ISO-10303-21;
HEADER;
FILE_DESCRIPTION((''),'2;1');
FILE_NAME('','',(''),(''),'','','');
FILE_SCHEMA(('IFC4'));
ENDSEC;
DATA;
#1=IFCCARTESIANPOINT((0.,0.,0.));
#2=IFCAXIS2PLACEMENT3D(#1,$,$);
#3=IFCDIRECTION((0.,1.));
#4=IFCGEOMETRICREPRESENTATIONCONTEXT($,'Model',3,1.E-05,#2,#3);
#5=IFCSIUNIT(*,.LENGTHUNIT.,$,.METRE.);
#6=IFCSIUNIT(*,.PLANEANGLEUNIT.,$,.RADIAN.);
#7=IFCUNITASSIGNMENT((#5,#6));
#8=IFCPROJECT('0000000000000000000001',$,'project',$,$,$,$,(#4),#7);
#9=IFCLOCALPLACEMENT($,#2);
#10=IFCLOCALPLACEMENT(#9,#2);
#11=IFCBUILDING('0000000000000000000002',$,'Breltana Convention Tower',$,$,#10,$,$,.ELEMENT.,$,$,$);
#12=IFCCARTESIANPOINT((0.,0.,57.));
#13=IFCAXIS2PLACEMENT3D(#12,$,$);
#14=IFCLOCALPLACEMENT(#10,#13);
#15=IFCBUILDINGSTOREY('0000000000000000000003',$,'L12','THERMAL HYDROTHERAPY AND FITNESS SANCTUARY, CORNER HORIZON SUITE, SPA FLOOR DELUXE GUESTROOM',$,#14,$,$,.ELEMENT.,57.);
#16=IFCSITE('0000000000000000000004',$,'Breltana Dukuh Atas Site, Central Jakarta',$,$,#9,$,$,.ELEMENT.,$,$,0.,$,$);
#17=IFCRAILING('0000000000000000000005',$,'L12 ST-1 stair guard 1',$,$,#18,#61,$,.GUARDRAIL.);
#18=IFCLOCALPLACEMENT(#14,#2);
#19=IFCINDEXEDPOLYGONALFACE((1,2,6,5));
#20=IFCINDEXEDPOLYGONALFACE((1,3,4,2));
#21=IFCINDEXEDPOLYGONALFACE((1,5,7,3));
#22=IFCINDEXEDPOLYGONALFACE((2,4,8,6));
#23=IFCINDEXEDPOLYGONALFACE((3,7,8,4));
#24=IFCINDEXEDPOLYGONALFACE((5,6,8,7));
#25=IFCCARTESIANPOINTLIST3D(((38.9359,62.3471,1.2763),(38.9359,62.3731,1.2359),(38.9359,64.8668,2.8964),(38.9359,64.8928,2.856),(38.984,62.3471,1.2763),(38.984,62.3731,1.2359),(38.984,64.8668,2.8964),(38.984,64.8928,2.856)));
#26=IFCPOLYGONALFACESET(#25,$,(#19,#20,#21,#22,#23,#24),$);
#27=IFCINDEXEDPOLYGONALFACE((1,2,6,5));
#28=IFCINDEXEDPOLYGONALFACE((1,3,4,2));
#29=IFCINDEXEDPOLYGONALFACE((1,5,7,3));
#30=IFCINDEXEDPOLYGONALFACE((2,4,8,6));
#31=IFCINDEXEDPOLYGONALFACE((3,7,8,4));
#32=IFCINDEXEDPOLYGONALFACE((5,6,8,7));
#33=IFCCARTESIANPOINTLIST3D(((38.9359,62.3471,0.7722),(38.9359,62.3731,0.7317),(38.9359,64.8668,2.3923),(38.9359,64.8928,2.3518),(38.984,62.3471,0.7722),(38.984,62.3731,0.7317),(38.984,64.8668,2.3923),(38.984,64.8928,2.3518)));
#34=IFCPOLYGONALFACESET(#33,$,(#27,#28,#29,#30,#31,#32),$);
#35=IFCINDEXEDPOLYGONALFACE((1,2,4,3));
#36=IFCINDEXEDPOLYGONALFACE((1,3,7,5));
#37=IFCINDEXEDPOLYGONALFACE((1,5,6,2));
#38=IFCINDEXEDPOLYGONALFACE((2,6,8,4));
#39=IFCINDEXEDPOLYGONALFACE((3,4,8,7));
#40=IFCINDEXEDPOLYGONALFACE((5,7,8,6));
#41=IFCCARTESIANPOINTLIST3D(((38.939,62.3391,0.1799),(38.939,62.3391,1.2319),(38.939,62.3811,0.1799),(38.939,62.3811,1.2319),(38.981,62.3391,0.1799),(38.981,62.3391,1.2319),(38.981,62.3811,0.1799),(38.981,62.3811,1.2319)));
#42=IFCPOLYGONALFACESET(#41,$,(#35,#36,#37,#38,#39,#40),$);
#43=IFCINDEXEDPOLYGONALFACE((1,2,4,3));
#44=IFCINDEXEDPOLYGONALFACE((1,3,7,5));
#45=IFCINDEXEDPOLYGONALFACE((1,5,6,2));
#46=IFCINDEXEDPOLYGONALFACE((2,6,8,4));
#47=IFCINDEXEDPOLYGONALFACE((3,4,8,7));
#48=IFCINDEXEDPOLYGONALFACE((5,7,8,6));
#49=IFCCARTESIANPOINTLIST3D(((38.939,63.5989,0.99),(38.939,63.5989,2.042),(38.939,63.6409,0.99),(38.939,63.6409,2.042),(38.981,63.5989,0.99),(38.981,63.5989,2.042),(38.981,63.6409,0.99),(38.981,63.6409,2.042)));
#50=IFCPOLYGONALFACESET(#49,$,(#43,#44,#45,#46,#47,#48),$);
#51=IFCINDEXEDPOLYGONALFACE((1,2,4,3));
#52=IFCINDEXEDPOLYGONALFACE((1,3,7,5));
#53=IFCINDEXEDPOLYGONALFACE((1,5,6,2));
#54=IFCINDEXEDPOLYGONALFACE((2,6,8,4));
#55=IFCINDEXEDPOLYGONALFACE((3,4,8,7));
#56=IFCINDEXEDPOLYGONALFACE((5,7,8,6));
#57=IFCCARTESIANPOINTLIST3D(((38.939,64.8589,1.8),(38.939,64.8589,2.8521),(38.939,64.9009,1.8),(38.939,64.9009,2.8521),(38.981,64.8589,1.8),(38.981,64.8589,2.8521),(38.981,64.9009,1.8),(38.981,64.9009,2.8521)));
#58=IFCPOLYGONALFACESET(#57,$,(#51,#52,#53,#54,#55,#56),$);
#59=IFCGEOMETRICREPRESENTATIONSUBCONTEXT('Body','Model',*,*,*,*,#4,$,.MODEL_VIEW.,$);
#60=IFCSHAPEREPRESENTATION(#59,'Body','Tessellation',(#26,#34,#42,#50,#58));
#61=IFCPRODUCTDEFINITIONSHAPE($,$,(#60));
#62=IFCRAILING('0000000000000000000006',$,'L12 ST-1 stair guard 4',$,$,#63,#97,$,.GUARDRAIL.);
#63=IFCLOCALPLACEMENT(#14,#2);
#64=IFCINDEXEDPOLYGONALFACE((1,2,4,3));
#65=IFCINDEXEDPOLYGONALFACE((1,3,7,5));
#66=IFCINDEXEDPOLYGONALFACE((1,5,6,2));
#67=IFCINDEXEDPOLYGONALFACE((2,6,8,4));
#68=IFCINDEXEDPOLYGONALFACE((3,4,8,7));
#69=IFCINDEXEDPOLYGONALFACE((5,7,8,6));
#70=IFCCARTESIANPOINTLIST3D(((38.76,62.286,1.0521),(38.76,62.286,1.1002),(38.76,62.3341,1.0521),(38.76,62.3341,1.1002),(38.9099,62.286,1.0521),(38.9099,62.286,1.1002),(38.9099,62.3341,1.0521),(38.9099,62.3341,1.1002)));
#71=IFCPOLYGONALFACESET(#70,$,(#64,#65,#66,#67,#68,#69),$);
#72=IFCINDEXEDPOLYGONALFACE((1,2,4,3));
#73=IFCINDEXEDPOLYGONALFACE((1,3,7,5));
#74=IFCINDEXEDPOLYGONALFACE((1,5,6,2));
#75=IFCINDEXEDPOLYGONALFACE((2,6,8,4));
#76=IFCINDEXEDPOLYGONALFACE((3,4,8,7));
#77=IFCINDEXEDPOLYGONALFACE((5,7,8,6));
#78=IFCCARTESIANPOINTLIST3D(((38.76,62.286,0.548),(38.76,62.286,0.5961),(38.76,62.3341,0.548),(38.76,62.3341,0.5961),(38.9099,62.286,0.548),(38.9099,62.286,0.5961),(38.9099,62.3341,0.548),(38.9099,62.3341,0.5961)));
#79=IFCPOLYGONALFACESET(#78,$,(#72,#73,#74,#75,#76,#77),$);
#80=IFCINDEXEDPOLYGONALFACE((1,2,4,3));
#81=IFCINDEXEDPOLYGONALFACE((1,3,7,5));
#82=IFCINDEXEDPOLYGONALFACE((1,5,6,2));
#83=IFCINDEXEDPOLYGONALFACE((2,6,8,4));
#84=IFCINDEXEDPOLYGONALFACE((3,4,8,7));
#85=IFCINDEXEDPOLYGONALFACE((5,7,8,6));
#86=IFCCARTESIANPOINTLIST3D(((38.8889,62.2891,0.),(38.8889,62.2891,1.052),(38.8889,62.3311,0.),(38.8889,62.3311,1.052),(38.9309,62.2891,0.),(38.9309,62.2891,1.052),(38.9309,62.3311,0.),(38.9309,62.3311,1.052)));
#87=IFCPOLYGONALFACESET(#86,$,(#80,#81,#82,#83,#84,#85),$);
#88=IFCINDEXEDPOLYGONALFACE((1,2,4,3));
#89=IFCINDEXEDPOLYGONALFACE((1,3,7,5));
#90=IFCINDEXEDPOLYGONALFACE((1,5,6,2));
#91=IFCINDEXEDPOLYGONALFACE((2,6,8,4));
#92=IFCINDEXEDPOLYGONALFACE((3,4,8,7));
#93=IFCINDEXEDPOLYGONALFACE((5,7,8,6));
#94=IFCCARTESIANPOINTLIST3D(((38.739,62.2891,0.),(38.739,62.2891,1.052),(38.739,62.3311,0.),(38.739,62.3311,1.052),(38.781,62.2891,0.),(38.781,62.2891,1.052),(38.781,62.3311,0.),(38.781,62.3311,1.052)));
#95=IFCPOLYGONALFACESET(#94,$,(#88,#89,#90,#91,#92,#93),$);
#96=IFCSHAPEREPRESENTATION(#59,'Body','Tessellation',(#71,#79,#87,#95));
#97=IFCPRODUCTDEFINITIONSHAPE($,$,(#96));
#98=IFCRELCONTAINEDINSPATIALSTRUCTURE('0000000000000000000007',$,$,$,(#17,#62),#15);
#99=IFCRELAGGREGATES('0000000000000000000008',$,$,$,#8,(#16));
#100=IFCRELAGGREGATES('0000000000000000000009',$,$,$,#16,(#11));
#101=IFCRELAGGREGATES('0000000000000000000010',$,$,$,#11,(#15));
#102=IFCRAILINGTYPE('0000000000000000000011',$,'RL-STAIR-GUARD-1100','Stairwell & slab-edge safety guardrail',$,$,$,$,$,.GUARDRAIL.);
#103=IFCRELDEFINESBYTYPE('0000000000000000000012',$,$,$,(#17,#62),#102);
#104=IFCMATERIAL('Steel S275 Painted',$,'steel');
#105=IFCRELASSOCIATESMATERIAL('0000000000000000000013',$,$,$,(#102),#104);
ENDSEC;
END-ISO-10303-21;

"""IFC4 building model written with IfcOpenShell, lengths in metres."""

from ifc_helpers import new_model, si_unit, direction, frame, origin, origin_2d, place, context, subcontext, project, spatial, rectangle, extrude, material, type_object, element, save


model = new_model("IFC4")

# Units and contexts
model_context = context("Model", 3, precision=1e-05, world=origin(), true_north=direction((0.0, 1.0)))
body_context = subcontext(model_context, "Body", "Model", "MODEL_VIEW")
ifc_project = project(units=[si_unit("LENGTHUNIT", "METRE"), si_unit("PLANEANGLEUNIT", "RADIAN")], contexts=[model_context])

# Site, building, storey
site_placement = place(None, origin())
site = spatial("IfcSite", under=ifc_project, at=site_placement, Name="Breltana Dukuh Atas Site, Central Jakarta", CompositionType="ELEMENT", RefElevation=0.0)
building_placement = place(site_placement, origin())
building = spatial("IfcBuilding", under=site, at=building_placement, Name="Breltana Convention Tower", CompositionType="ELEMENT")
storey_placement = place(building_placement, frame((0.0, 0.0, 57.0)))
storey = spatial("IfcBuildingStorey", under=building, at=storey_placement, Name="L12", Description="THERMAL HYDROTHERAPY AND FITNESS SANCTUARY, CORNER HORIZON SUITE, SPA FLOOR DELUXE GUESTROOM", CompositionType="ELEMENT", Elevation=57.0)

# Railings
ifc_material_1 = material(Name="Steel S275 Painted", Category="steel")
railing_type = type_object("IfcRailingType", Name="RL-STAIR-GUARD-1100", Description="Stairwell & slab-edge safety guardrail", PredefinedType="GUARDRAIL", material=ifc_material_1)
railing_1_placement = place(storey_placement, frame((38.96, 62.3601, 0.1799)))
element("IfcRailing", 1, at=railing_1_placement, inside=storey, type_object=railing_type, Name="L12 ST-1 stair guard 1", PredefinedType="GUARDRAIL", context=body_context, shape_type="SweptSolid", body=[
    extrude(rectangle(XDim=0.0481, YDim=0.0481, at=origin_2d()), frame((0.0, 0.0, 1.0762), z_axis=(0.0, 0.841139, 0.540819), x_axis=(-1.0, 0.0, 0.0)), (0.0, 0.0, 1.0), 2.9956),
    extrude(rectangle(XDim=0.0481, YDim=0.0481, at=origin_2d()), frame((0.0, 0.0, 0.572), z_axis=(0.0, 0.841139, 0.540819), x_axis=(-1.0, 0.0, 0.0)), (0.0, 0.0, 1.0), 2.9956),
    extrude(rectangle(XDim=0.042, YDim=0.042, at=origin_2d()), origin(), (0.0, 0.0, 1.0), 1.052),
    extrude(rectangle(XDim=0.042, YDim=0.042, at=origin_2d()), frame((0.0, 1.2598, 0.8101)), (0.0, 0.0, 1.0), 1.052),
    extrude(rectangle(XDim=0.042, YDim=0.042, at=origin_2d()), frame((0.0, 2.5198, 1.6201)), (0.0, 0.0, 1.0), 1.052),
])
railing_2_placement = place(storey_placement, frame((38.9099, 62.3101, 0.0)))
element("IfcRailing", 2, at=railing_2_placement, inside=storey, type_object=railing_type, Name="L12 ST-1 stair guard 4", PredefinedType="GUARDRAIL", context=body_context, shape_type="SweptSolid", body=[
    extrude(rectangle(XDim=0.0481, YDim=0.0481, at=origin_2d()), frame((0.0, 0.0, 1.0762), z_axis=(-1.0, 0.0, 0.0), x_axis=(0.0, -1.0, 0.0)), (0.0, 0.0, 1.0), 0.1499),
    extrude(rectangle(XDim=0.0481, YDim=0.0481, at=origin_2d()), frame((0.0, 0.0, 0.572), z_axis=(-1.0, 0.0, 0.0), x_axis=(0.0, -1.0, 0.0)), (0.0, 0.0, 1.0), 0.1499),
    extrude(rectangle(XDim=0.042, YDim=0.042, at=origin_2d()), origin(), (0.0, 0.0, 1.0), 1.052),
    extrude(rectangle(XDim=0.042, YDim=0.042, at=origin_2d()), frame((-0.1499, 0.0, 0.0)), (0.0, 0.0, 1.0), 1.052),
])

save(model, "model.ifc")
